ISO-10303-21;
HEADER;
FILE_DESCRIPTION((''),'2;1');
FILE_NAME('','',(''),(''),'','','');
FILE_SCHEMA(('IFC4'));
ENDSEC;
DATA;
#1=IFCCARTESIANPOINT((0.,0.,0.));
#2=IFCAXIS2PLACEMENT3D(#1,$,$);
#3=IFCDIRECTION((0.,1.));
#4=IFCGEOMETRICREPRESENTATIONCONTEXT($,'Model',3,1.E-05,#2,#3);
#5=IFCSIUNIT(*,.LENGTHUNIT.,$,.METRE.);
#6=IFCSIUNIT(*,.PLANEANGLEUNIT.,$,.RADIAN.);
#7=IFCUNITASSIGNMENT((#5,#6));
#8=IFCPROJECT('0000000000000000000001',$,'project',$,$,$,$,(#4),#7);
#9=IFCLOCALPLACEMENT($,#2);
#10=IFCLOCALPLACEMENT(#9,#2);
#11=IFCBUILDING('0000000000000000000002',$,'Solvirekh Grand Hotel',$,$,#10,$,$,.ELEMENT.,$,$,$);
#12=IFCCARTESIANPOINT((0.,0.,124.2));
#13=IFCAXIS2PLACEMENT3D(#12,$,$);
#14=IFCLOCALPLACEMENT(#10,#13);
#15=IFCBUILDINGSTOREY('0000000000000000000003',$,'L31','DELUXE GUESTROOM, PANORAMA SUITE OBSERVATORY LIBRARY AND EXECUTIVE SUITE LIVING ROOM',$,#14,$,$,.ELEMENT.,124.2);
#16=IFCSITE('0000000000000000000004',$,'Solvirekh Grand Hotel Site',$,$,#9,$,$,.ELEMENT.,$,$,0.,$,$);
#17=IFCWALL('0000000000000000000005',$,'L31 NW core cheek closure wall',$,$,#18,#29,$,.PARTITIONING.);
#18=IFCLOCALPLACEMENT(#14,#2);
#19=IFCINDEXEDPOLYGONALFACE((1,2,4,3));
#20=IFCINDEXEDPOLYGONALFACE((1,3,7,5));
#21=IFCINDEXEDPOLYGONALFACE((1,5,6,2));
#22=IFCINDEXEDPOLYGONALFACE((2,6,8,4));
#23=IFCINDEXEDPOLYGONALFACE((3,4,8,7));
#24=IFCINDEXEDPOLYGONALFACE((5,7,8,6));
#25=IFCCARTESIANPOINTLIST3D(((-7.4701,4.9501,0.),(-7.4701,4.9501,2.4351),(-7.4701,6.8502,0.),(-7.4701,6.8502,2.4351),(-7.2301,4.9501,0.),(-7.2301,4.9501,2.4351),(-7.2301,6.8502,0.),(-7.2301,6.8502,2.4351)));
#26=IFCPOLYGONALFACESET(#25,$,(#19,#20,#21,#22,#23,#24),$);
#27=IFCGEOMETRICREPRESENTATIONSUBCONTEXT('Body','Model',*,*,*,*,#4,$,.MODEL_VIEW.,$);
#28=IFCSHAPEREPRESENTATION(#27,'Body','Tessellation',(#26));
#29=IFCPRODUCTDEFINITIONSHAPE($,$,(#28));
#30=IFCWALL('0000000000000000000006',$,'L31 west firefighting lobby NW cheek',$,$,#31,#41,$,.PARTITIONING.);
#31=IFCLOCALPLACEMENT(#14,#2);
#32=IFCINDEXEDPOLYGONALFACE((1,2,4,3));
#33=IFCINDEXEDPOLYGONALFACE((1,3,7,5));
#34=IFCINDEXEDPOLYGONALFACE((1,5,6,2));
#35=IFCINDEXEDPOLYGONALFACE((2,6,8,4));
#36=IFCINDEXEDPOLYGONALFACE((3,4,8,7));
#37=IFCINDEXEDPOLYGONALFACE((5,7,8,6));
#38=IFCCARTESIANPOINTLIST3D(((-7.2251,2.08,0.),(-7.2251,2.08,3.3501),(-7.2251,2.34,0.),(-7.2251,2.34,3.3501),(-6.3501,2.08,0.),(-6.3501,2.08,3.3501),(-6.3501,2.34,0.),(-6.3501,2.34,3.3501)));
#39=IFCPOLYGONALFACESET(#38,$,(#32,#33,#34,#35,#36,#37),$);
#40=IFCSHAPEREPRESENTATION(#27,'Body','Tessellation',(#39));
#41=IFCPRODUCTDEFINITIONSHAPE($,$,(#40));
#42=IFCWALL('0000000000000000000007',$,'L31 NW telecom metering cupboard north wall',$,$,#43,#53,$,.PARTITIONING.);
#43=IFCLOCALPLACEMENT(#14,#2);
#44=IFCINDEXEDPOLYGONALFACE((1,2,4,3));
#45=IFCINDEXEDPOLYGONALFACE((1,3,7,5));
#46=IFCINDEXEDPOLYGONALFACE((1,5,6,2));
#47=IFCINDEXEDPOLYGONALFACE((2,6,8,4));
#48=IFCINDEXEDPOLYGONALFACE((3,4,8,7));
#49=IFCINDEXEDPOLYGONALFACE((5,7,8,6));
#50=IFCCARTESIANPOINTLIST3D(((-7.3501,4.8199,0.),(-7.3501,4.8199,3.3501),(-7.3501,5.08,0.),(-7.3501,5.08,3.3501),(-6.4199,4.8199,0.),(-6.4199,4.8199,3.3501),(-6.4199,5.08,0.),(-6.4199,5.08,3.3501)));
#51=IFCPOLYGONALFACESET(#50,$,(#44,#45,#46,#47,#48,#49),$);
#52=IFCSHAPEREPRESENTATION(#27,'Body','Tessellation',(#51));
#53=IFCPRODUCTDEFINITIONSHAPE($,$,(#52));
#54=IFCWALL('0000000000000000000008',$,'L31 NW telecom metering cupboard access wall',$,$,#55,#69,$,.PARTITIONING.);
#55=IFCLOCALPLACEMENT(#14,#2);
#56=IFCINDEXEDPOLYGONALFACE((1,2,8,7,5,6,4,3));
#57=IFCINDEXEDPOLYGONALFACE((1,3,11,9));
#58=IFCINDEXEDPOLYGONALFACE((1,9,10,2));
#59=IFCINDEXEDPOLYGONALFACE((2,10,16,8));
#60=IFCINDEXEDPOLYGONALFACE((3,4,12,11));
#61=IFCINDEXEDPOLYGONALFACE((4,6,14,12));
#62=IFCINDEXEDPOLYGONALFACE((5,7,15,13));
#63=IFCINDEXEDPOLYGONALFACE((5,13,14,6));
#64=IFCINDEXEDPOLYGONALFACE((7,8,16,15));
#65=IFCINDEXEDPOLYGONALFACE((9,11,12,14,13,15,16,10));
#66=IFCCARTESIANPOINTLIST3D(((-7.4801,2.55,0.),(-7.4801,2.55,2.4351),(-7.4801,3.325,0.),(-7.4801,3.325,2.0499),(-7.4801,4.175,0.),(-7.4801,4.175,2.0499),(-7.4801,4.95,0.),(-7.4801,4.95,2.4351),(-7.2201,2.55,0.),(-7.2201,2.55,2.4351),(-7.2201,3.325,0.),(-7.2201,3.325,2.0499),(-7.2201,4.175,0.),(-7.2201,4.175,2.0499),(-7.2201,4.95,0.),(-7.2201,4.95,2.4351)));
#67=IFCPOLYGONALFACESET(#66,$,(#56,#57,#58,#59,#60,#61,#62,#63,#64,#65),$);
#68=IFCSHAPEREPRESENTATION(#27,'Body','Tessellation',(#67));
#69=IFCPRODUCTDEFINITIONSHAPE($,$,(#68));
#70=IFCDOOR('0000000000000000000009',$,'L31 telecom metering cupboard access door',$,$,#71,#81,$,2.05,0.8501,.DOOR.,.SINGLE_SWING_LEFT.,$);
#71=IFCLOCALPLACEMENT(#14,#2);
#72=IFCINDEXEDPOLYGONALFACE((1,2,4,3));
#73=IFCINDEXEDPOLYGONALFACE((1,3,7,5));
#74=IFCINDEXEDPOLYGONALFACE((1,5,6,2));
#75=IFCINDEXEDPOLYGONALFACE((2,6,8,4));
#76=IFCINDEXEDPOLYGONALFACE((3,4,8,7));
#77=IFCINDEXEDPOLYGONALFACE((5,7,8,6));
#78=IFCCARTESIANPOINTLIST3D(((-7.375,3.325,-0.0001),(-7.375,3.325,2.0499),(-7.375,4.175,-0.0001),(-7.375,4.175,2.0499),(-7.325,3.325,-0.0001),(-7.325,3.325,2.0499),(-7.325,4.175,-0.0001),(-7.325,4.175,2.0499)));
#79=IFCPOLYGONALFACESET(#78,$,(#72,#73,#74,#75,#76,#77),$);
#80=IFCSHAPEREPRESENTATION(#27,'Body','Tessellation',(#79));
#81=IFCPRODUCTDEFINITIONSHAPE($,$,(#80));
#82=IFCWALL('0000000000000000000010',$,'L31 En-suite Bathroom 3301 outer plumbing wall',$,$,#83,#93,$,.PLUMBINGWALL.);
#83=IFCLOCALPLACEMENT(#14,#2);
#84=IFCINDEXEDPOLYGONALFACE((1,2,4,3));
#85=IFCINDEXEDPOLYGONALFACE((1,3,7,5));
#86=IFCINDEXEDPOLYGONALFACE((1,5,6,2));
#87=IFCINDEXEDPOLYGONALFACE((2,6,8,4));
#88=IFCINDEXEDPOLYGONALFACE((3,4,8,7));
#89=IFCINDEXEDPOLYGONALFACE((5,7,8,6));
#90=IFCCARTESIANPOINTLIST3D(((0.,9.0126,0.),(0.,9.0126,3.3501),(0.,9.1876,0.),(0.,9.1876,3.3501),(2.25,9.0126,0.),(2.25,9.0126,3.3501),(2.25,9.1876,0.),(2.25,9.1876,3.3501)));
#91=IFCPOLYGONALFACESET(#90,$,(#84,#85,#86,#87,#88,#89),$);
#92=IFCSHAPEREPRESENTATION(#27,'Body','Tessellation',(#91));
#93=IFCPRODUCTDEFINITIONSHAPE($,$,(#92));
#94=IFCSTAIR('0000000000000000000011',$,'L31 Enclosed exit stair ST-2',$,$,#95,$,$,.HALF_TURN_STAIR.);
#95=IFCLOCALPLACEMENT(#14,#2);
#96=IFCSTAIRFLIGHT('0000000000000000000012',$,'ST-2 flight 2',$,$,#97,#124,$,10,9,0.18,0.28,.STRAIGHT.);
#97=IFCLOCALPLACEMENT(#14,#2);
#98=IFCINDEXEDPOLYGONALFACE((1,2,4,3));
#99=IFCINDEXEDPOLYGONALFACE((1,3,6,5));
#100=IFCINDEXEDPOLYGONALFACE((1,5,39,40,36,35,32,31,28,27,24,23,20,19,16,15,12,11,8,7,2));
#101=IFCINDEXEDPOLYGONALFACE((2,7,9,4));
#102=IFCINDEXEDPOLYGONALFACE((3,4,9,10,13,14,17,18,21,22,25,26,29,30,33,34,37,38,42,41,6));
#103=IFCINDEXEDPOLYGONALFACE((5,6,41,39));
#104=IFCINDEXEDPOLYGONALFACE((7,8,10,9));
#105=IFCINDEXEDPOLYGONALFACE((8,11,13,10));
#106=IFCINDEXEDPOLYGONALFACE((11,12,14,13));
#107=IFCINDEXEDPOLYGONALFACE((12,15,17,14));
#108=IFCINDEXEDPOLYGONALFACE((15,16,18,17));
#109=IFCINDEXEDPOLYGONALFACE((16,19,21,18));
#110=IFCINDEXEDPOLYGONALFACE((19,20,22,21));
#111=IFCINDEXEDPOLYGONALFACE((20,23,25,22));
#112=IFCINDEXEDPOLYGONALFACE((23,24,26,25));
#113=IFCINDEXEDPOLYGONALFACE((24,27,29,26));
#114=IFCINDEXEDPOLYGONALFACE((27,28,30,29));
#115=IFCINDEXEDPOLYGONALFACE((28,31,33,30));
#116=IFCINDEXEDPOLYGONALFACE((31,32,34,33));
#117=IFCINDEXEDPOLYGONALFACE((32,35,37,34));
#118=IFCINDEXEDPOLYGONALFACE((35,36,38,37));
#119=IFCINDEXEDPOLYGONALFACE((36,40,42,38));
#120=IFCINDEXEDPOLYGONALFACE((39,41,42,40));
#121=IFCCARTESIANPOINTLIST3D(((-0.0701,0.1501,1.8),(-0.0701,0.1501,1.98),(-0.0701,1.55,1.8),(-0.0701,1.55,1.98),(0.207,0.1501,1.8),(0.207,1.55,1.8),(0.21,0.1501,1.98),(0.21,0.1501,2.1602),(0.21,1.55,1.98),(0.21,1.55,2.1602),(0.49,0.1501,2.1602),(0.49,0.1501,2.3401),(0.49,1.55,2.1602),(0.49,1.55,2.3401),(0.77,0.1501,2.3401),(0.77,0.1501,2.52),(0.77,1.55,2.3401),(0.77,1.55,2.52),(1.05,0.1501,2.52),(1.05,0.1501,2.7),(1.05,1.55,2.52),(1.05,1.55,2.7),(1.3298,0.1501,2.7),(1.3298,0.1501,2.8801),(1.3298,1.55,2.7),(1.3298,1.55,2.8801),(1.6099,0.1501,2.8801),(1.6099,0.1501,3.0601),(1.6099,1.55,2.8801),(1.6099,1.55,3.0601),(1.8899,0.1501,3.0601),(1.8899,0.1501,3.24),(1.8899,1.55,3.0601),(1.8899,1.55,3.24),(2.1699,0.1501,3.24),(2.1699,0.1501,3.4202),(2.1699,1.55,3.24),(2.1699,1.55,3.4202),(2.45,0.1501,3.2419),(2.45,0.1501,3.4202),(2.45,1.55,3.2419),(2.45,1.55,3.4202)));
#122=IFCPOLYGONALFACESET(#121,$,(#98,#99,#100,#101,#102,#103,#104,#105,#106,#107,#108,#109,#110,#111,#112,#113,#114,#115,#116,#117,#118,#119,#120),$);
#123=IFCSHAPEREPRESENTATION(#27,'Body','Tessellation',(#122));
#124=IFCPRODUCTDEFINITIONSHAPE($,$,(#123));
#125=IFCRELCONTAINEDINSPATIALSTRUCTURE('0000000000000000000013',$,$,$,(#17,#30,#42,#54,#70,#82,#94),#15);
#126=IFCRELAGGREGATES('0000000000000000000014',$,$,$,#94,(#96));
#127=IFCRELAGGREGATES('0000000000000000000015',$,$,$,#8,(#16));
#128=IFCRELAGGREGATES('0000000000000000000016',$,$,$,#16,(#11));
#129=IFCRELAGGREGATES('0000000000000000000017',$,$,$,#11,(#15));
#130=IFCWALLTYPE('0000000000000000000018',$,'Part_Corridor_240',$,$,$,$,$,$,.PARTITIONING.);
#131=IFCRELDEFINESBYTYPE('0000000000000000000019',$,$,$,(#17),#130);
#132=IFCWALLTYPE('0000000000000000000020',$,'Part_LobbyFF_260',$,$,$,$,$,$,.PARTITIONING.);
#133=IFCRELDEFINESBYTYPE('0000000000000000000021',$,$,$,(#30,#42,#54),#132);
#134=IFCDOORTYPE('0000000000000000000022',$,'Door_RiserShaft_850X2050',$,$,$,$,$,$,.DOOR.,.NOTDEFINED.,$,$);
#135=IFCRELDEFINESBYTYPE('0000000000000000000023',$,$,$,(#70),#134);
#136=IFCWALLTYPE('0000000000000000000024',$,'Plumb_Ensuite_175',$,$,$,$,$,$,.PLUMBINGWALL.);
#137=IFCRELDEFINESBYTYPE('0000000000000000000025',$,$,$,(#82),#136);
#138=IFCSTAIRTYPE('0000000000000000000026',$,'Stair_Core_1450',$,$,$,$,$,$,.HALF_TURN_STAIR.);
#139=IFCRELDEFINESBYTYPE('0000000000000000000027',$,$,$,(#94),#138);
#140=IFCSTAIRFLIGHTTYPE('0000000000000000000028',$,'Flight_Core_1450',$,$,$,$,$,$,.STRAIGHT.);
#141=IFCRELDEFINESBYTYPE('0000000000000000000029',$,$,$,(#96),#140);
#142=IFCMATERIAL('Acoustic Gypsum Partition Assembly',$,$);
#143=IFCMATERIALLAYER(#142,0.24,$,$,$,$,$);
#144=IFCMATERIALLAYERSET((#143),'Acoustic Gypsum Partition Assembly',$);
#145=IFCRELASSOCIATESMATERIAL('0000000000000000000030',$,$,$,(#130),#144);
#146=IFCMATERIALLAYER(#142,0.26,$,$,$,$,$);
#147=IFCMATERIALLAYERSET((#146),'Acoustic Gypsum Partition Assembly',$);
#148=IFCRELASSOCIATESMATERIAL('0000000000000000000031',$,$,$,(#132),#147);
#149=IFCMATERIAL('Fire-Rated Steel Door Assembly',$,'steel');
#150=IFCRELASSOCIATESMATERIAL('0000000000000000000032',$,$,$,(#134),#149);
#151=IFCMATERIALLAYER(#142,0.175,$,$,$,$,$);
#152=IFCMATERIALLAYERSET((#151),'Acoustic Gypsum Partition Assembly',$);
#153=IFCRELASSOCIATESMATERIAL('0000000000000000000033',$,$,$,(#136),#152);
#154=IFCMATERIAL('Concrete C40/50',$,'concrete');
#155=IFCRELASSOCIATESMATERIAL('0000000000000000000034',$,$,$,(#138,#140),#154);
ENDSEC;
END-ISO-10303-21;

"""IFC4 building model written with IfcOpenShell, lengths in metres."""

from ifc_helpers import new_model, si_unit, direction, frame, frame_2d, origin, place, context, subcontext, project, spatial, polyline, rectangle, outline, extrude, material, layer, layer_set, type_object, element, fill, aggregate, save


model = new_model("IFC4")

# Units and contexts
model_context = context("Model", 3, precision=1e-05, world=origin(), true_north=direction((0.0, 1.0)))
body_context = subcontext(model_context, "Body", "Model", "MODEL_VIEW")
ifc_project = project(units=[si_unit("LENGTHUNIT", "METRE"), si_unit("PLANEANGLEUNIT", "RADIAN")], contexts=[model_context])

# Site, building, storey
site_placement = place(None, origin())
site = spatial("IfcSite", under=ifc_project, at=site_placement, Name="Solvirekh Grand Hotel Site", CompositionType="ELEMENT", RefElevation=0.0)
building_placement = place(site_placement, origin())
building = spatial("IfcBuilding", under=site, at=building_placement, Name="Solvirekh Grand Hotel", CompositionType="ELEMENT")
storey_placement = place(building_placement, frame((0.0, 0.0, 124.2)))
storey = spatial("IfcBuildingStorey", under=building, at=storey_placement, Name="L31", Description="DELUXE GUESTROOM, PANORAMA SUITE OBSERVATORY LIBRARY AND EXECUTIVE SUITE LIVING ROOM", CompositionType="ELEMENT", Elevation=124.2)

# Shared definitions
ifc_material_1 = material(Name="Concrete C40/50", Category="concrete")

# Shared definitions
ifc_material_2 = material(Name="Fire-Rated Steel Door Assembly", Category="steel")

# Walls
ifc_material_3 = material(Name="Acoustic Gypsum Partition Assembly")
ifc_layer_1 = layer(ifc_material_3, 0.24)
ifc_layer_set_1 = layer_set([ifc_layer_1], Name="Acoustic Gypsum Partition Assembly")
wall_type_1 = type_object("IfcWallType", Name="Part_Corridor_240", PredefinedType="PARTITIONING", material=ifc_layer_set_1)
wall_1_placement = place(storey_placement, frame((-7.3501, 4.95, 0.0), z_axis=(0.0, 0.0, 1.0), x_axis=(0.0, 1.0, 0.0)))
element("IfcWall", 1, at=wall_1_placement, inside=storey, type_object=wall_type_1, Name="L31 NW core cheek closure wall", PredefinedType="PARTITIONING", context=body_context, shape_type="SweptSolid", body=[
    extrude(rectangle(XDim=1.9001, YDim=0.24, at=frame_2d((0.9502, 0.0))), origin(), (0.0, 0.0, 1.0), 2.4351),
])
ifc_layer_2 = layer(ifc_material_3, 0.26)
ifc_layer_set_2 = layer_set([ifc_layer_2], Name="Acoustic Gypsum Partition Assembly")
wall_type_2 = type_object("IfcWallType", Name="Part_LobbyFF_260", PredefinedType="PARTITIONING", material=ifc_layer_set_2)
wall_2_placement = place(storey_placement, frame((-7.2251, 2.21, 0.0), z_axis=(0.0, 0.0, 1.0), x_axis=(1.0, 0.0, 0.0)))
element("IfcWall", 2, at=wall_2_placement, inside=storey, type_object=wall_type_2, Name="L31 west firefighting lobby NW cheek", PredefinedType="PARTITIONING", context=body_context, shape_type="SweptSolid", body=[
    extrude(rectangle(XDim=0.875, YDim=0.26, at=frame_2d((0.4375, 0.0))), origin(), (0.0, 0.0, 1.0), 3.3501),
])
wall_3_placement = place(storey_placement, frame((-7.3501, 4.95, 0.0), z_axis=(0.0, 0.0, 1.0), x_axis=(1.0, 0.0, 0.0)))
element("IfcWall", 3, at=wall_3_placement, inside=storey, type_object=wall_type_2, Name="L31 NW telecom metering cupboard north wall", PredefinedType="PARTITIONING", context=body_context, shape_type="SweptSolid", body=[
    extrude(rectangle(XDim=0.9302, YDim=0.26, at=frame_2d((0.4651, 0.0))), origin(), (0.0, 0.0, 1.0), 3.3501),
])

# Wall, opening, door
wall_4_placement = place(storey_placement, frame((-7.3501, 2.55, 0.0), z_axis=(0.0, 0.0, 1.0), x_axis=(0.0, 1.0, 0.0)))
wall_4 = element("IfcWall", 4, at=wall_4_placement, inside=storey, type_object=wall_type_2, Name="L31 NW telecom metering cupboard access wall", PredefinedType="PARTITIONING", context=body_context, shape_type="SweptSolid", body=[
    extrude(rectangle(XDim=2.3999, YDim=0.26, at=frame_2d((1.2, 0.0))), origin(), (0.0, 0.0, 1.0), 2.4351),
])
opening_1_placement = place(wall_4_placement, frame((0.7749, 0.0, 0.0)))
opening_1 = element("IfcOpeningElement", 5, at=opening_1_placement, cuts=wall_4, PredefinedType="OPENING", context=body_context, shape_type="SweptSolid", body=[
    extrude(rectangle(XDim=0.8501, YDim=2.05, at=frame_2d((0.425, 1.0249))), frame((0.0, 0.1401, 0.0), z_axis=(0.0, -1.0, 0.0), x_axis=(1.0, 0.0, 0.0)), (0.0, 0.0, 1.0), 0.28),
])
door_type_1 = type_object("IfcDoorType", Name="Door_RiserShaft_850X2050", OperationType="NOTDEFINED", PredefinedType="DOOR", material=ifc_material_2)
door_1_placement = place(opening_1_placement, origin())
door_1 = element("IfcDoor", 6, at=door_1_placement, inside=storey, type_object=door_type_1, Name="L31 telecom metering cupboard access door", OperationType="SINGLE_SWING_LEFT", OverallHeight=2.05, OverallWidth=0.8501, PredefinedType="DOOR", context=body_context, shape_type="SweptSolid", body=[
    extrude(rectangle(XDim=0.8501, YDim=2.05, at=frame_2d((0.425, 1.0249))), frame((0.0, 0.0249, 0.0), z_axis=(0.0, -1.0, 0.0), x_axis=(1.0, 0.0, 0.0)), (0.0, 0.0, 1.0), 0.05),
])
fill(opening_1, door_1)

# Wall
ifc_layer_3 = layer(ifc_material_3, 0.175)
ifc_layer_set_3 = layer_set([ifc_layer_3], Name="Acoustic Gypsum Partition Assembly")
wall_type_3 = type_object("IfcWallType", Name="Plumb_Ensuite_175", PredefinedType="PLUMBINGWALL", material=ifc_layer_set_3)
wall_5_placement = place(storey_placement, frame((0.0, 9.1001, 0.0), z_axis=(0.0, 0.0, 1.0), x_axis=(1.0, 0.0, 0.0)))
element("IfcWall", 7, at=wall_5_placement, inside=storey, type_object=wall_type_3, Name="L31 En-suite Bathroom 3301 outer plumbing wall", PredefinedType="PLUMBINGWALL", context=body_context, shape_type="SweptSolid", body=[
    extrude(rectangle(XDim=2.25, YDim=0.175, at=frame_2d((1.125, 0.0))), origin(), (0.0, 0.0, 1.0), 3.3501),
])

# Stair, stair flight
stair_type = type_object("IfcStairType", Name="Stair_Core_1450", PredefinedType="HALF_TURN_STAIR", material=ifc_material_1)
stair_placement = place(storey_placement, origin())
stair = element("IfcStair", 8, at=stair_placement, inside=storey, type_object=stair_type, Name="L31 Enclosed exit stair ST-2", PredefinedType="HALF_TURN_STAIR")
stair_flight_type = type_object("IfcStairFlightType", Name="Flight_Core_1450", PredefinedType="STRAIGHT", material=ifc_material_1)
stair_flight_placement = place(storey_placement, frame((-0.0701, 0.8501, 1.8), z_axis=(0.0, 0.0, 1.0), x_axis=(1.0, 0.0, 0.0)))
stair_flight = element("IfcStairFlight", 9, at=stair_flight_placement, type_object=stair_flight_type, Name="ST-2 flight 2", NumberOfRisers=10, NumberOfTreads=9, PredefinedType="STRAIGHT", RiserHeight=0.18, TreadLength=0.28, context=body_context, shape_type="SweptSolid", body=[
    extrude(outline(polyline([(0.0, 0.0), (0.0, 0.1799), (0.28, 0.1799), (0.28, 0.3601), (0.5601, 0.3601), (0.5601, 0.54), (0.8401, 0.54), (0.8401, 0.72), (1.1201, 0.72), (1.1201, 0.8999), (1.3999, 0.8999), (1.3999, 1.0801), (1.6799, 1.0801), (1.6799, 1.26), (1.96, 1.26), (1.96, 1.4399), (2.24, 1.4399), (2.24, 1.6201), (2.52, 1.6201), (2.52, 1.8), (2.52, 1.4419), (0.2771, 0.0), (0.0, 0.0)])), frame((0.0, 0.7, 0.0), z_axis=(0.0, -1.0, 0.0), x_axis=(1.0, 0.0, 0.0)), (0.0, 0.0, 1.0), 1.3999),
])
aggregate(stair, [stair_flight])

save(model, "model.ifc")
